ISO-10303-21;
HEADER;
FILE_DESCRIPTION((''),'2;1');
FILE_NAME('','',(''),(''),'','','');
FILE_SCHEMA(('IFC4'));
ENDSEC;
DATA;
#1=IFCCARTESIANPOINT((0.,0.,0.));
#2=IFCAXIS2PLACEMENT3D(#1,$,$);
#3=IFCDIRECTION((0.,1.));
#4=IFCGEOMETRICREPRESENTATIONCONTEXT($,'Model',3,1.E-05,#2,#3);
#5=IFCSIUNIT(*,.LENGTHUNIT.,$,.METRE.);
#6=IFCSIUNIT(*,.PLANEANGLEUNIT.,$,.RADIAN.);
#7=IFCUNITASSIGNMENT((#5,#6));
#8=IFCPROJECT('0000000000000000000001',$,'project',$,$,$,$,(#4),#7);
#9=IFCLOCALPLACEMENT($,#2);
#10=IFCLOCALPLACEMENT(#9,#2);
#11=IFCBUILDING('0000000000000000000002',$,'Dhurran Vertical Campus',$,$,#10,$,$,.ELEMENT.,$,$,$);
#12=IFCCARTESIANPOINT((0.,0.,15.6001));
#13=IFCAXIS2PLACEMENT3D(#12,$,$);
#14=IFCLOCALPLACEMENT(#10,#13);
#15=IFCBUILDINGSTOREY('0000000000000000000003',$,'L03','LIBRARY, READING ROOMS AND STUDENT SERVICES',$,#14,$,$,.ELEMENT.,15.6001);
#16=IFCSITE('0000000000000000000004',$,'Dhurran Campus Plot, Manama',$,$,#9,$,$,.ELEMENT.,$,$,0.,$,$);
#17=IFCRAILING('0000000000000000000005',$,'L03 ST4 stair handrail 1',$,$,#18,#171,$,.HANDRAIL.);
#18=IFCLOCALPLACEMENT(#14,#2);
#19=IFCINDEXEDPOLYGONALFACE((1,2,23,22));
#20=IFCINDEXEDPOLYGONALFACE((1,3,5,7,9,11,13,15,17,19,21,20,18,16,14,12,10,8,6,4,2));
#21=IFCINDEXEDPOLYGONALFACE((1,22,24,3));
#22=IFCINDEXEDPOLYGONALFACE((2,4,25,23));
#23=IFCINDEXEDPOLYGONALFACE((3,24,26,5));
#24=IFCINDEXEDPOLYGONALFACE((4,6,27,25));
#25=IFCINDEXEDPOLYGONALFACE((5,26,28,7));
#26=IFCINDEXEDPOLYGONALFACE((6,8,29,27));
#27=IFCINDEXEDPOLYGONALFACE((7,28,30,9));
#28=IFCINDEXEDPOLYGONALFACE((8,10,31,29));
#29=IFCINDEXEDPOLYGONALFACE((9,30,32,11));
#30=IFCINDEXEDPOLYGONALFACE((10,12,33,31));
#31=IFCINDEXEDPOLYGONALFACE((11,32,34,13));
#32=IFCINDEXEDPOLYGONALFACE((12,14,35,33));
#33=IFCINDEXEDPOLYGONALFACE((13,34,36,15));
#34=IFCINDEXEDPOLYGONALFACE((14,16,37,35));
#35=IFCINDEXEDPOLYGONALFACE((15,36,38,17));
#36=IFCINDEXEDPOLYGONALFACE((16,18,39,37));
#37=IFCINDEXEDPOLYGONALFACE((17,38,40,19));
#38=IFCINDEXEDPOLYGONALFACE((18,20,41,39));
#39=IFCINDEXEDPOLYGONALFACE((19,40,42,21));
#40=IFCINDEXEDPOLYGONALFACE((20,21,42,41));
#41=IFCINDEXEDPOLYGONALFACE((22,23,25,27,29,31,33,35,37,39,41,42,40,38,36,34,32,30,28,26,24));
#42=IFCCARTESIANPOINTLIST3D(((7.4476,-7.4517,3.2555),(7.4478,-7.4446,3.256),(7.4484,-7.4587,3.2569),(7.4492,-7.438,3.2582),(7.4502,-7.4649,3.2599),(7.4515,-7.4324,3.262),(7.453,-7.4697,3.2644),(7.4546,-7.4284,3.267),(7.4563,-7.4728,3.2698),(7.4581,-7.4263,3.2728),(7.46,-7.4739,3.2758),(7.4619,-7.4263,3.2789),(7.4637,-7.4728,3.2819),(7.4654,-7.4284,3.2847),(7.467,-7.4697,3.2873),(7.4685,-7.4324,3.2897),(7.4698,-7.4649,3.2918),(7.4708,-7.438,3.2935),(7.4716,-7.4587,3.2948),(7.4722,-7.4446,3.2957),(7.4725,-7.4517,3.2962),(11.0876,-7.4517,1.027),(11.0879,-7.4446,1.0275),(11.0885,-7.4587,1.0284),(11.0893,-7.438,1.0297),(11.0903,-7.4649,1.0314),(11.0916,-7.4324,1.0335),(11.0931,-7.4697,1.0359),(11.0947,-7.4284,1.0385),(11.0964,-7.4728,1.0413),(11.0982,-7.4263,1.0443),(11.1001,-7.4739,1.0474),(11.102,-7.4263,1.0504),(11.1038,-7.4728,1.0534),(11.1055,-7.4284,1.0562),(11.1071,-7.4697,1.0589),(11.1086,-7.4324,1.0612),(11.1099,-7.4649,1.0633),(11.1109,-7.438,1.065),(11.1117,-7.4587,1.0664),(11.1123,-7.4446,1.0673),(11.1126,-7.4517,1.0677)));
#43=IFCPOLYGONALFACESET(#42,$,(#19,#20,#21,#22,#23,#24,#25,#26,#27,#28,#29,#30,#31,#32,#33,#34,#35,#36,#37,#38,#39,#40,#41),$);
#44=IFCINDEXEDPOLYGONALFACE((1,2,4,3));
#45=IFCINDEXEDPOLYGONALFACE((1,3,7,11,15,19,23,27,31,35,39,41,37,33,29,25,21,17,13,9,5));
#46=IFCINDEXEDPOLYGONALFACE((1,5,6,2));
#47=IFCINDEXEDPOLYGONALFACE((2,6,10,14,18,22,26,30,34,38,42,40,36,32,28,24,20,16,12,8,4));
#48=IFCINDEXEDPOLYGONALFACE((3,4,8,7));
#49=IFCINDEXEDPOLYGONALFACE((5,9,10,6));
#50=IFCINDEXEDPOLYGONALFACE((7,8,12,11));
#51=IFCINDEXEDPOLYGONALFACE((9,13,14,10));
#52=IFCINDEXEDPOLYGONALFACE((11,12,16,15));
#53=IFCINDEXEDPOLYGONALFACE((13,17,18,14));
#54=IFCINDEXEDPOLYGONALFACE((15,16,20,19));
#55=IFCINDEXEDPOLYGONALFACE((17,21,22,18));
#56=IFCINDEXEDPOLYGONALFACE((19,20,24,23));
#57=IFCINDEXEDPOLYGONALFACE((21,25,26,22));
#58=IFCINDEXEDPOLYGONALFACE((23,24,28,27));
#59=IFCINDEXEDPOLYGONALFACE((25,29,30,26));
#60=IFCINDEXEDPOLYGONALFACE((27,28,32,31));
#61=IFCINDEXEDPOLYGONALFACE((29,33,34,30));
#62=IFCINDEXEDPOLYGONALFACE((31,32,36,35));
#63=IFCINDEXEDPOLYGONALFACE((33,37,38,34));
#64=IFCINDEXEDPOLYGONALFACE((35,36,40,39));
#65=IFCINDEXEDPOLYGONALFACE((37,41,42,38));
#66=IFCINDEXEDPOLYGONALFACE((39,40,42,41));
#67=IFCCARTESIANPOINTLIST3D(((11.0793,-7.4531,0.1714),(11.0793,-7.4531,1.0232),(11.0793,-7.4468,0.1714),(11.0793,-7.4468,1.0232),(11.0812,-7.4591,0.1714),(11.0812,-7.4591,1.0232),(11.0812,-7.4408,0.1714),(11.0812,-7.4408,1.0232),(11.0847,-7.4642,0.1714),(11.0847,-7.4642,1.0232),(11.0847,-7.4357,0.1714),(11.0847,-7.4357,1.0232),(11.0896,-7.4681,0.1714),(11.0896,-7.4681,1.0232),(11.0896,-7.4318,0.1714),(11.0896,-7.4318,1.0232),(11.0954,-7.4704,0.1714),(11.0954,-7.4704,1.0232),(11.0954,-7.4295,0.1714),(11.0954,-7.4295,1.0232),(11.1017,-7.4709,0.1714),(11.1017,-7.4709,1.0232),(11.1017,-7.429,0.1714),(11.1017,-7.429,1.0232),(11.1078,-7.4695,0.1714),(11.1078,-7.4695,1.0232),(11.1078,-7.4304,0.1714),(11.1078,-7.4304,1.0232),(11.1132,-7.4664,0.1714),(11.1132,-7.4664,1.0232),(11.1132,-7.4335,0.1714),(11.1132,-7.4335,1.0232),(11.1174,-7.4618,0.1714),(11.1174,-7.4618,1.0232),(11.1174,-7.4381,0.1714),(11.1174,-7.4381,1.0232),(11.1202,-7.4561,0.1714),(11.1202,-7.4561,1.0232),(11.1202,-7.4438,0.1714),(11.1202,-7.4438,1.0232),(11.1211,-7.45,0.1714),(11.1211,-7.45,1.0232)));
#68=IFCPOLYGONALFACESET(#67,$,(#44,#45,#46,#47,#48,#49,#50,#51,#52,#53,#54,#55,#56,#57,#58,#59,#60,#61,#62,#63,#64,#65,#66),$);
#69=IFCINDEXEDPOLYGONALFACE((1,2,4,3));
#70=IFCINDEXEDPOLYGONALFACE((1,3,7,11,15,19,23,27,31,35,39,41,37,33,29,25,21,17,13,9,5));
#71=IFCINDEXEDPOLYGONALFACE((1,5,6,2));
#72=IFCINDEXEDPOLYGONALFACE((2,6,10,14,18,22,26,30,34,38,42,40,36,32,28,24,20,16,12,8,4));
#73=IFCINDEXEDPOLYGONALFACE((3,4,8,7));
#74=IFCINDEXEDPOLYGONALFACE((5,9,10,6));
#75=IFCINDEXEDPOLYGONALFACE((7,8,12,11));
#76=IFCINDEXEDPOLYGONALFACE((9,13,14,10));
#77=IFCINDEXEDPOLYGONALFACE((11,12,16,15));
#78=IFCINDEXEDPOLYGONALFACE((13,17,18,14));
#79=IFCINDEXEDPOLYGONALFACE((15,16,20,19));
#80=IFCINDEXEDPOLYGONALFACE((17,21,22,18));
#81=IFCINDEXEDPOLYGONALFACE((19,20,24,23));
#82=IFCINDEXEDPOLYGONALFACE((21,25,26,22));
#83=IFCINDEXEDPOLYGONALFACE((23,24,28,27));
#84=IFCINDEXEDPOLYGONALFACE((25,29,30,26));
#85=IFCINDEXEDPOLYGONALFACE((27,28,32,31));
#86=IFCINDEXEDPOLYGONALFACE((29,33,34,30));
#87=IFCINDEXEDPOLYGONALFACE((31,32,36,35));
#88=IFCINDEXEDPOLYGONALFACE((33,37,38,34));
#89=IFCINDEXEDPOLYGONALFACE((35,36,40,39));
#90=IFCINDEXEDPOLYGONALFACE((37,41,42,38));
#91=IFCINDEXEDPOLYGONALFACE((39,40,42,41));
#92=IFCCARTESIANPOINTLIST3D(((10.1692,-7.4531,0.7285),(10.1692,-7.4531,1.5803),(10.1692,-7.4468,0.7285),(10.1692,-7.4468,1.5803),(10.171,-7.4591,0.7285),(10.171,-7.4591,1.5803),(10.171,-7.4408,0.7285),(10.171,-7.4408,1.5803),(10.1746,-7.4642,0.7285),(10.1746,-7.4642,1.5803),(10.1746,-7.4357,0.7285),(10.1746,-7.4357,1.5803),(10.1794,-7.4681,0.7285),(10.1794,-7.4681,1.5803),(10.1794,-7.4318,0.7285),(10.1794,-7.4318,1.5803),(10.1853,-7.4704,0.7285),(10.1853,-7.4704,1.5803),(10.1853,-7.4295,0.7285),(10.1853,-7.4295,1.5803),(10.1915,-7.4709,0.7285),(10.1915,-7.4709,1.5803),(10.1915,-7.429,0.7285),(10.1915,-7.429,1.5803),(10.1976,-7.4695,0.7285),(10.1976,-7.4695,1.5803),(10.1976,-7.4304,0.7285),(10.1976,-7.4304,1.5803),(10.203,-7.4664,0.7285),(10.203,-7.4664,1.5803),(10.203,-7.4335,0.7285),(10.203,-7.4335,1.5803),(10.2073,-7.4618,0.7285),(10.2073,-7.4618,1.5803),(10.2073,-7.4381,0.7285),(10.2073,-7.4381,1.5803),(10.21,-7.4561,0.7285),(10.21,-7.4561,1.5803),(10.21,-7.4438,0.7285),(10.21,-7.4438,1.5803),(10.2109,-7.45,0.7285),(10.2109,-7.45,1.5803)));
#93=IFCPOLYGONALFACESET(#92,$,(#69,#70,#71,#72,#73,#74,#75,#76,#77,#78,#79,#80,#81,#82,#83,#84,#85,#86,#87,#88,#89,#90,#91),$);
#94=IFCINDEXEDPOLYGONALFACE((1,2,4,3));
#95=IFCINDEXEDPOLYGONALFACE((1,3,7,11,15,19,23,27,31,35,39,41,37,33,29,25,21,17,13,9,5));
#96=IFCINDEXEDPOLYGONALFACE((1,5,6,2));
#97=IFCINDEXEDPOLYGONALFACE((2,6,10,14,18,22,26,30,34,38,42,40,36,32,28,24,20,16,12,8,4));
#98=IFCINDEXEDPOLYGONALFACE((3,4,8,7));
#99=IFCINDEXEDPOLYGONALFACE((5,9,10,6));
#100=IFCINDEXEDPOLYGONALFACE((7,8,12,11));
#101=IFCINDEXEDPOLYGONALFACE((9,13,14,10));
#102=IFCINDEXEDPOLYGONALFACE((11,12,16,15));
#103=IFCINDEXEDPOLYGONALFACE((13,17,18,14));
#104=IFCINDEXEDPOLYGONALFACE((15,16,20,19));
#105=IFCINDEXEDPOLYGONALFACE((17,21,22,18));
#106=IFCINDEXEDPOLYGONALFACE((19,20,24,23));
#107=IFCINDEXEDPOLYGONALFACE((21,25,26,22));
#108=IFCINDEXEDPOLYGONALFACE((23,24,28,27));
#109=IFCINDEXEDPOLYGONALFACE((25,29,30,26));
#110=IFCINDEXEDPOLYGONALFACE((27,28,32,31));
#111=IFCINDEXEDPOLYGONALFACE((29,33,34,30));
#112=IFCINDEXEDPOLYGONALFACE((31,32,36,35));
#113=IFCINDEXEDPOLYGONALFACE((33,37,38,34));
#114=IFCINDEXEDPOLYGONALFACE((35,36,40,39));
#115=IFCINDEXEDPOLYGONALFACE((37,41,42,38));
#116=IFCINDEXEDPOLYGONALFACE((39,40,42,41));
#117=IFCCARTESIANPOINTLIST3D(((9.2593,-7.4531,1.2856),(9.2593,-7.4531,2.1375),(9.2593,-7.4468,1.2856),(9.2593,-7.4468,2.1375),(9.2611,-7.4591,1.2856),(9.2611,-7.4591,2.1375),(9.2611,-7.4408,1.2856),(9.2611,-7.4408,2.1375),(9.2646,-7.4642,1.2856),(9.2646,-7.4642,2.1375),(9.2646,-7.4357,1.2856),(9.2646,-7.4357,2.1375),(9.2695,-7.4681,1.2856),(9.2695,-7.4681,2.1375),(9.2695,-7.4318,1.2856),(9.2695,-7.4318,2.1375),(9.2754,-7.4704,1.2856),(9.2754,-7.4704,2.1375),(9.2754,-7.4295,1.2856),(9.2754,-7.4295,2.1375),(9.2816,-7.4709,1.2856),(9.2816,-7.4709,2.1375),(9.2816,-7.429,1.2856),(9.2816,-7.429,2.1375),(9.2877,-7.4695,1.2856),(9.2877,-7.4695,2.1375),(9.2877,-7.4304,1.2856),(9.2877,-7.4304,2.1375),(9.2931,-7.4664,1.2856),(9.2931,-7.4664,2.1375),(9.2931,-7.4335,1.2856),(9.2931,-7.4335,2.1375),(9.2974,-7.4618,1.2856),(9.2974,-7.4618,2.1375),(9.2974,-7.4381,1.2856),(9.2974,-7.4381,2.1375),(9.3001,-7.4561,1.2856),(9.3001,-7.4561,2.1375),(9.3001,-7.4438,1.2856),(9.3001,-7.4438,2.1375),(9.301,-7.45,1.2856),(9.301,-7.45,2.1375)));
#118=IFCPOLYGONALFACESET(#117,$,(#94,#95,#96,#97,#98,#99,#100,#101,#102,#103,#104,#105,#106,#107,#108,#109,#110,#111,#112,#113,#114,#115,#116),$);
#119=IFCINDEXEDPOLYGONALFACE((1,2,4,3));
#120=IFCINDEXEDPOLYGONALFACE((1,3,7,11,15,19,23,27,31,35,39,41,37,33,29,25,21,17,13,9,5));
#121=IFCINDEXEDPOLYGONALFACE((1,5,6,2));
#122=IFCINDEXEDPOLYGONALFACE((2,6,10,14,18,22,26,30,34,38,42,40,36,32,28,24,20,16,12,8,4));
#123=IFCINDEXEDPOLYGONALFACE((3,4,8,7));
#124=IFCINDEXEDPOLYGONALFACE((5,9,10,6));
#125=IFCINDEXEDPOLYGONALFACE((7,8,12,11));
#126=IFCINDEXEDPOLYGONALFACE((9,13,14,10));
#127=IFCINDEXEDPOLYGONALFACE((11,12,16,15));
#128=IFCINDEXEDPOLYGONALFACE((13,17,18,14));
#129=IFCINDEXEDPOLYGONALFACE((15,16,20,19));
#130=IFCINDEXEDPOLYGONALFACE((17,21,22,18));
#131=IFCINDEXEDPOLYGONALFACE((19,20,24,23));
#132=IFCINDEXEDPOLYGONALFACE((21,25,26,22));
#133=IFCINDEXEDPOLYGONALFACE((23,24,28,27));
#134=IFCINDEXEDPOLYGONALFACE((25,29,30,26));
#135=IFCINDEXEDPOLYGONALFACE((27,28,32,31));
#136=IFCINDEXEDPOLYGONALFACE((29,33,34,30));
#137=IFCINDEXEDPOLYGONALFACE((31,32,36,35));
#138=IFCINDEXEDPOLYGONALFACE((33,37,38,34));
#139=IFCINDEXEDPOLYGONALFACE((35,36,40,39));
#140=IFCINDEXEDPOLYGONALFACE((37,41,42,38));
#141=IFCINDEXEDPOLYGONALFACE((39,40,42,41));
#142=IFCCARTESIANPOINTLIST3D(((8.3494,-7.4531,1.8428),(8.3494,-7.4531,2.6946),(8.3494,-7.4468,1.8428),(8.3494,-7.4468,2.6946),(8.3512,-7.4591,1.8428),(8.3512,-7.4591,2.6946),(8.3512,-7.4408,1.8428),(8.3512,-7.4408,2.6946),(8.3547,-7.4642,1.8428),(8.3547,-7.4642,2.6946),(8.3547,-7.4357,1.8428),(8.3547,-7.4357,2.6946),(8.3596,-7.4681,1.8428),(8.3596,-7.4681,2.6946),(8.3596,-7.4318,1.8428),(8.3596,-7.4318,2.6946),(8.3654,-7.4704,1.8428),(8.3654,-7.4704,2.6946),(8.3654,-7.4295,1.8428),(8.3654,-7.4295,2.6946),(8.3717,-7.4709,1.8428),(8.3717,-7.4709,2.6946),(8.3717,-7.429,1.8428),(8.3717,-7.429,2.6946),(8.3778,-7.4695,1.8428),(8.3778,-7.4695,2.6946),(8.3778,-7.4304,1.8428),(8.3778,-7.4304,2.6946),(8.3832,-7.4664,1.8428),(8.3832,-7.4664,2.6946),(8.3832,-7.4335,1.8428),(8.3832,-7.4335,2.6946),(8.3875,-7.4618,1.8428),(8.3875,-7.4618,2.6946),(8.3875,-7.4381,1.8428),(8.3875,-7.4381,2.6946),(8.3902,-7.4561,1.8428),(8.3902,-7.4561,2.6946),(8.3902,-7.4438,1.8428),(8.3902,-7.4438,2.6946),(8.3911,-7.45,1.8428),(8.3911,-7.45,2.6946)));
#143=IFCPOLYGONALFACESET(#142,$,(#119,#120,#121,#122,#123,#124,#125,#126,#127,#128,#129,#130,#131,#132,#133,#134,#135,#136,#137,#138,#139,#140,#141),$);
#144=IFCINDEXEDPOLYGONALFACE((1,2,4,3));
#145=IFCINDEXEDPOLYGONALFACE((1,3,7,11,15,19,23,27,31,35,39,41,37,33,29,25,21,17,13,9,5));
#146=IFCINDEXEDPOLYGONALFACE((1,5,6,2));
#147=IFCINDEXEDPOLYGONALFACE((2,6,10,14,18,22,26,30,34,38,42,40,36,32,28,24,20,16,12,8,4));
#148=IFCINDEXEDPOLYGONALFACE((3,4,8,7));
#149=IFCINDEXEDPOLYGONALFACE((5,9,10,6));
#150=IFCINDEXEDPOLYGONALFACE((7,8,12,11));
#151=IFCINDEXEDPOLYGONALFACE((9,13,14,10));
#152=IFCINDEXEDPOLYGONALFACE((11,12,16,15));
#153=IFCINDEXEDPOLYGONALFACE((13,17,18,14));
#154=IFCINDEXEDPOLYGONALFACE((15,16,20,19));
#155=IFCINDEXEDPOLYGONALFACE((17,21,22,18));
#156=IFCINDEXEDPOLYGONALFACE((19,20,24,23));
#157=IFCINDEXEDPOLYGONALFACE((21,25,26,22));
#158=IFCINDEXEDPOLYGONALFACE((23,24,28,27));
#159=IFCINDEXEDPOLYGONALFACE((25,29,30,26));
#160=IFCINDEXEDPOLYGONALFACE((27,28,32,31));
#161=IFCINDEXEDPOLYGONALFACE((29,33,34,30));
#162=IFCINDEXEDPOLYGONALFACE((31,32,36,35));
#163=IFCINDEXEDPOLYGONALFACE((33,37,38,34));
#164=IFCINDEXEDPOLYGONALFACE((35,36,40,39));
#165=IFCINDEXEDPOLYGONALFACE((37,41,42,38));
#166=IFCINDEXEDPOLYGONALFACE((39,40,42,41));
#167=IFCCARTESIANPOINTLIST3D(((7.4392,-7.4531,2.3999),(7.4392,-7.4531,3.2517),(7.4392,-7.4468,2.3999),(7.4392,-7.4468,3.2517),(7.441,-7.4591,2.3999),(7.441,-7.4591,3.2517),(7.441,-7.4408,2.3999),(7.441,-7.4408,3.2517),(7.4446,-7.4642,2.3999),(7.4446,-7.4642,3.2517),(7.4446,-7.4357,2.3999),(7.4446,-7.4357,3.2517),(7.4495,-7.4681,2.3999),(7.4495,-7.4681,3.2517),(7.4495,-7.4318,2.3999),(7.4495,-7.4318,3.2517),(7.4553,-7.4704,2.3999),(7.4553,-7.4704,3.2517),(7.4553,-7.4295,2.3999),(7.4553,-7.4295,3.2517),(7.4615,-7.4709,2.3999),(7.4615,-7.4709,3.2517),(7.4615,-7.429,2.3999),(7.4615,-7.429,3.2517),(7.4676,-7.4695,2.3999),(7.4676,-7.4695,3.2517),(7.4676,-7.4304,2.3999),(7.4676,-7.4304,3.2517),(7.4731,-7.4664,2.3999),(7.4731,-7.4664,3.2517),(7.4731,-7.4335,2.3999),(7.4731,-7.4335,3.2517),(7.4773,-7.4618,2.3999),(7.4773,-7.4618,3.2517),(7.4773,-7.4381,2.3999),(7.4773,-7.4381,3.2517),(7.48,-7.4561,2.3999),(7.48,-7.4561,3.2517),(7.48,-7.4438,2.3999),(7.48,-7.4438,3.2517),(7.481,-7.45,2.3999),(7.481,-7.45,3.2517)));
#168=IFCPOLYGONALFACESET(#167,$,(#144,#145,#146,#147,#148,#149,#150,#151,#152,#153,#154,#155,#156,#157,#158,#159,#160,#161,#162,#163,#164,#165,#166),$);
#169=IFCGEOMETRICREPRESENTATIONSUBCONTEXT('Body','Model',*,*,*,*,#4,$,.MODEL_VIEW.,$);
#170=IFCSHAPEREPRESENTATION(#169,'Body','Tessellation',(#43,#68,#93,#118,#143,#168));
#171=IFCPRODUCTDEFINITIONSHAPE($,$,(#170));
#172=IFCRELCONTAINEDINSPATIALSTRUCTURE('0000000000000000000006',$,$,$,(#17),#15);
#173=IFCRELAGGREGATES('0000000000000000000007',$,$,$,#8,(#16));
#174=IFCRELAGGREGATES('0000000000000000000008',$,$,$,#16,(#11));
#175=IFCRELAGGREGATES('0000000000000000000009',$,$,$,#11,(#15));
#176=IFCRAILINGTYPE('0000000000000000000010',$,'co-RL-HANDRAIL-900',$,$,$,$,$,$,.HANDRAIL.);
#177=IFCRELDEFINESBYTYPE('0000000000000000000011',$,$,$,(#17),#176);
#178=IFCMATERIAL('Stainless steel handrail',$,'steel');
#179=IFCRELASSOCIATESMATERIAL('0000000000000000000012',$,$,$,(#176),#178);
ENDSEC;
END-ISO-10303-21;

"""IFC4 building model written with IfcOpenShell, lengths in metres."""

from ifc_helpers import new_model, si_unit, direction, frame, origin, origin_2d, place, context, subcontext, project, spatial, circle, extrude, material, type_object, element, save


model = new_model("IFC4")

# Units and contexts
model_context = context("Model", 3, precision=1e-05, world=origin(), true_north=direction((0.0, 1.0)))
body_context = subcontext(model_context, "Body", "Model", "MODEL_VIEW")
ifc_project = project(units=[si_unit("LENGTHUNIT", "METRE"), si_unit("PLANEANGLEUNIT", "RADIAN")], contexts=[model_context])

# Site, building, storey
site_placement = place(None, origin())
site = spatial("IfcSite", under=ifc_project, at=site_placement, Name="Dhurran Campus Plot, Manama", CompositionType="ELEMENT", RefElevation=0.0)
building_placement = place(site_placement, origin())
building = spatial("IfcBuilding", under=site, at=building_placement, Name="Dhurran Vertical Campus", CompositionType="ELEMENT")
storey_placement = place(building_placement, frame((0.0, 0.0, 15.6001)))
storey = spatial("IfcBuildingStorey", under=building, at=storey_placement, Name="L03", Description="LIBRARY, READING ROOMS AND STUDENT SERVICES", CompositionType="ELEMENT", Elevation=15.6001)

# Railing
ifc_material_1 = material(Name="Stainless steel handrail", Category="steel")
railing_type_1 = type_object("IfcRailingType", Name="co-RL-HANDRAIL-900", PredefinedType="HANDRAIL", material=ifc_material_1)
railing_1_placement = place(storey_placement, frame((11.1001, -7.45, 0.1714)))
element("IfcRailing", 1, at=railing_1_placement, inside=storey, type_object=railing_type_1, Name="L03 ST4 stair handrail 1", PredefinedType="HANDRAIL", context=body_context, shape_type="SweptSolid", body=[
    extrude(circle(Radius=0.0239, at=origin_2d()), frame((0.0, 0.0, 0.876), z_axis=(-0.852866, 0.0, 0.52213), x_axis=(0.0, -1.0, 0.0)), (0.0, 0.0, 1.0), 4.2681),
    extrude(circle(Radius=0.021, at=origin_2d()), origin(), (0.0, 0.0, 1.0), 0.8518),
    extrude(circle(Radius=0.021, at=origin_2d()), frame((-0.9102, 0.0, 0.5571)), (0.0, 0.0, 1.0), 0.8518),
    extrude(circle(Radius=0.021, at=origin_2d()), frame((-1.8201, 0.0, 1.1143)), (0.0, 0.0, 1.0), 0.8518),
    extrude(circle(Radius=0.021, at=origin_2d()), frame((-2.73, 0.0, 1.6714)), (0.0, 0.0, 1.0), 0.8518),
    extrude(circle(Radius=0.021, at=origin_2d()), frame((-3.6401, 0.0, 2.2285)), (0.0, 0.0, 1.0), 0.8518),
])

save(model, "model.ifc")
